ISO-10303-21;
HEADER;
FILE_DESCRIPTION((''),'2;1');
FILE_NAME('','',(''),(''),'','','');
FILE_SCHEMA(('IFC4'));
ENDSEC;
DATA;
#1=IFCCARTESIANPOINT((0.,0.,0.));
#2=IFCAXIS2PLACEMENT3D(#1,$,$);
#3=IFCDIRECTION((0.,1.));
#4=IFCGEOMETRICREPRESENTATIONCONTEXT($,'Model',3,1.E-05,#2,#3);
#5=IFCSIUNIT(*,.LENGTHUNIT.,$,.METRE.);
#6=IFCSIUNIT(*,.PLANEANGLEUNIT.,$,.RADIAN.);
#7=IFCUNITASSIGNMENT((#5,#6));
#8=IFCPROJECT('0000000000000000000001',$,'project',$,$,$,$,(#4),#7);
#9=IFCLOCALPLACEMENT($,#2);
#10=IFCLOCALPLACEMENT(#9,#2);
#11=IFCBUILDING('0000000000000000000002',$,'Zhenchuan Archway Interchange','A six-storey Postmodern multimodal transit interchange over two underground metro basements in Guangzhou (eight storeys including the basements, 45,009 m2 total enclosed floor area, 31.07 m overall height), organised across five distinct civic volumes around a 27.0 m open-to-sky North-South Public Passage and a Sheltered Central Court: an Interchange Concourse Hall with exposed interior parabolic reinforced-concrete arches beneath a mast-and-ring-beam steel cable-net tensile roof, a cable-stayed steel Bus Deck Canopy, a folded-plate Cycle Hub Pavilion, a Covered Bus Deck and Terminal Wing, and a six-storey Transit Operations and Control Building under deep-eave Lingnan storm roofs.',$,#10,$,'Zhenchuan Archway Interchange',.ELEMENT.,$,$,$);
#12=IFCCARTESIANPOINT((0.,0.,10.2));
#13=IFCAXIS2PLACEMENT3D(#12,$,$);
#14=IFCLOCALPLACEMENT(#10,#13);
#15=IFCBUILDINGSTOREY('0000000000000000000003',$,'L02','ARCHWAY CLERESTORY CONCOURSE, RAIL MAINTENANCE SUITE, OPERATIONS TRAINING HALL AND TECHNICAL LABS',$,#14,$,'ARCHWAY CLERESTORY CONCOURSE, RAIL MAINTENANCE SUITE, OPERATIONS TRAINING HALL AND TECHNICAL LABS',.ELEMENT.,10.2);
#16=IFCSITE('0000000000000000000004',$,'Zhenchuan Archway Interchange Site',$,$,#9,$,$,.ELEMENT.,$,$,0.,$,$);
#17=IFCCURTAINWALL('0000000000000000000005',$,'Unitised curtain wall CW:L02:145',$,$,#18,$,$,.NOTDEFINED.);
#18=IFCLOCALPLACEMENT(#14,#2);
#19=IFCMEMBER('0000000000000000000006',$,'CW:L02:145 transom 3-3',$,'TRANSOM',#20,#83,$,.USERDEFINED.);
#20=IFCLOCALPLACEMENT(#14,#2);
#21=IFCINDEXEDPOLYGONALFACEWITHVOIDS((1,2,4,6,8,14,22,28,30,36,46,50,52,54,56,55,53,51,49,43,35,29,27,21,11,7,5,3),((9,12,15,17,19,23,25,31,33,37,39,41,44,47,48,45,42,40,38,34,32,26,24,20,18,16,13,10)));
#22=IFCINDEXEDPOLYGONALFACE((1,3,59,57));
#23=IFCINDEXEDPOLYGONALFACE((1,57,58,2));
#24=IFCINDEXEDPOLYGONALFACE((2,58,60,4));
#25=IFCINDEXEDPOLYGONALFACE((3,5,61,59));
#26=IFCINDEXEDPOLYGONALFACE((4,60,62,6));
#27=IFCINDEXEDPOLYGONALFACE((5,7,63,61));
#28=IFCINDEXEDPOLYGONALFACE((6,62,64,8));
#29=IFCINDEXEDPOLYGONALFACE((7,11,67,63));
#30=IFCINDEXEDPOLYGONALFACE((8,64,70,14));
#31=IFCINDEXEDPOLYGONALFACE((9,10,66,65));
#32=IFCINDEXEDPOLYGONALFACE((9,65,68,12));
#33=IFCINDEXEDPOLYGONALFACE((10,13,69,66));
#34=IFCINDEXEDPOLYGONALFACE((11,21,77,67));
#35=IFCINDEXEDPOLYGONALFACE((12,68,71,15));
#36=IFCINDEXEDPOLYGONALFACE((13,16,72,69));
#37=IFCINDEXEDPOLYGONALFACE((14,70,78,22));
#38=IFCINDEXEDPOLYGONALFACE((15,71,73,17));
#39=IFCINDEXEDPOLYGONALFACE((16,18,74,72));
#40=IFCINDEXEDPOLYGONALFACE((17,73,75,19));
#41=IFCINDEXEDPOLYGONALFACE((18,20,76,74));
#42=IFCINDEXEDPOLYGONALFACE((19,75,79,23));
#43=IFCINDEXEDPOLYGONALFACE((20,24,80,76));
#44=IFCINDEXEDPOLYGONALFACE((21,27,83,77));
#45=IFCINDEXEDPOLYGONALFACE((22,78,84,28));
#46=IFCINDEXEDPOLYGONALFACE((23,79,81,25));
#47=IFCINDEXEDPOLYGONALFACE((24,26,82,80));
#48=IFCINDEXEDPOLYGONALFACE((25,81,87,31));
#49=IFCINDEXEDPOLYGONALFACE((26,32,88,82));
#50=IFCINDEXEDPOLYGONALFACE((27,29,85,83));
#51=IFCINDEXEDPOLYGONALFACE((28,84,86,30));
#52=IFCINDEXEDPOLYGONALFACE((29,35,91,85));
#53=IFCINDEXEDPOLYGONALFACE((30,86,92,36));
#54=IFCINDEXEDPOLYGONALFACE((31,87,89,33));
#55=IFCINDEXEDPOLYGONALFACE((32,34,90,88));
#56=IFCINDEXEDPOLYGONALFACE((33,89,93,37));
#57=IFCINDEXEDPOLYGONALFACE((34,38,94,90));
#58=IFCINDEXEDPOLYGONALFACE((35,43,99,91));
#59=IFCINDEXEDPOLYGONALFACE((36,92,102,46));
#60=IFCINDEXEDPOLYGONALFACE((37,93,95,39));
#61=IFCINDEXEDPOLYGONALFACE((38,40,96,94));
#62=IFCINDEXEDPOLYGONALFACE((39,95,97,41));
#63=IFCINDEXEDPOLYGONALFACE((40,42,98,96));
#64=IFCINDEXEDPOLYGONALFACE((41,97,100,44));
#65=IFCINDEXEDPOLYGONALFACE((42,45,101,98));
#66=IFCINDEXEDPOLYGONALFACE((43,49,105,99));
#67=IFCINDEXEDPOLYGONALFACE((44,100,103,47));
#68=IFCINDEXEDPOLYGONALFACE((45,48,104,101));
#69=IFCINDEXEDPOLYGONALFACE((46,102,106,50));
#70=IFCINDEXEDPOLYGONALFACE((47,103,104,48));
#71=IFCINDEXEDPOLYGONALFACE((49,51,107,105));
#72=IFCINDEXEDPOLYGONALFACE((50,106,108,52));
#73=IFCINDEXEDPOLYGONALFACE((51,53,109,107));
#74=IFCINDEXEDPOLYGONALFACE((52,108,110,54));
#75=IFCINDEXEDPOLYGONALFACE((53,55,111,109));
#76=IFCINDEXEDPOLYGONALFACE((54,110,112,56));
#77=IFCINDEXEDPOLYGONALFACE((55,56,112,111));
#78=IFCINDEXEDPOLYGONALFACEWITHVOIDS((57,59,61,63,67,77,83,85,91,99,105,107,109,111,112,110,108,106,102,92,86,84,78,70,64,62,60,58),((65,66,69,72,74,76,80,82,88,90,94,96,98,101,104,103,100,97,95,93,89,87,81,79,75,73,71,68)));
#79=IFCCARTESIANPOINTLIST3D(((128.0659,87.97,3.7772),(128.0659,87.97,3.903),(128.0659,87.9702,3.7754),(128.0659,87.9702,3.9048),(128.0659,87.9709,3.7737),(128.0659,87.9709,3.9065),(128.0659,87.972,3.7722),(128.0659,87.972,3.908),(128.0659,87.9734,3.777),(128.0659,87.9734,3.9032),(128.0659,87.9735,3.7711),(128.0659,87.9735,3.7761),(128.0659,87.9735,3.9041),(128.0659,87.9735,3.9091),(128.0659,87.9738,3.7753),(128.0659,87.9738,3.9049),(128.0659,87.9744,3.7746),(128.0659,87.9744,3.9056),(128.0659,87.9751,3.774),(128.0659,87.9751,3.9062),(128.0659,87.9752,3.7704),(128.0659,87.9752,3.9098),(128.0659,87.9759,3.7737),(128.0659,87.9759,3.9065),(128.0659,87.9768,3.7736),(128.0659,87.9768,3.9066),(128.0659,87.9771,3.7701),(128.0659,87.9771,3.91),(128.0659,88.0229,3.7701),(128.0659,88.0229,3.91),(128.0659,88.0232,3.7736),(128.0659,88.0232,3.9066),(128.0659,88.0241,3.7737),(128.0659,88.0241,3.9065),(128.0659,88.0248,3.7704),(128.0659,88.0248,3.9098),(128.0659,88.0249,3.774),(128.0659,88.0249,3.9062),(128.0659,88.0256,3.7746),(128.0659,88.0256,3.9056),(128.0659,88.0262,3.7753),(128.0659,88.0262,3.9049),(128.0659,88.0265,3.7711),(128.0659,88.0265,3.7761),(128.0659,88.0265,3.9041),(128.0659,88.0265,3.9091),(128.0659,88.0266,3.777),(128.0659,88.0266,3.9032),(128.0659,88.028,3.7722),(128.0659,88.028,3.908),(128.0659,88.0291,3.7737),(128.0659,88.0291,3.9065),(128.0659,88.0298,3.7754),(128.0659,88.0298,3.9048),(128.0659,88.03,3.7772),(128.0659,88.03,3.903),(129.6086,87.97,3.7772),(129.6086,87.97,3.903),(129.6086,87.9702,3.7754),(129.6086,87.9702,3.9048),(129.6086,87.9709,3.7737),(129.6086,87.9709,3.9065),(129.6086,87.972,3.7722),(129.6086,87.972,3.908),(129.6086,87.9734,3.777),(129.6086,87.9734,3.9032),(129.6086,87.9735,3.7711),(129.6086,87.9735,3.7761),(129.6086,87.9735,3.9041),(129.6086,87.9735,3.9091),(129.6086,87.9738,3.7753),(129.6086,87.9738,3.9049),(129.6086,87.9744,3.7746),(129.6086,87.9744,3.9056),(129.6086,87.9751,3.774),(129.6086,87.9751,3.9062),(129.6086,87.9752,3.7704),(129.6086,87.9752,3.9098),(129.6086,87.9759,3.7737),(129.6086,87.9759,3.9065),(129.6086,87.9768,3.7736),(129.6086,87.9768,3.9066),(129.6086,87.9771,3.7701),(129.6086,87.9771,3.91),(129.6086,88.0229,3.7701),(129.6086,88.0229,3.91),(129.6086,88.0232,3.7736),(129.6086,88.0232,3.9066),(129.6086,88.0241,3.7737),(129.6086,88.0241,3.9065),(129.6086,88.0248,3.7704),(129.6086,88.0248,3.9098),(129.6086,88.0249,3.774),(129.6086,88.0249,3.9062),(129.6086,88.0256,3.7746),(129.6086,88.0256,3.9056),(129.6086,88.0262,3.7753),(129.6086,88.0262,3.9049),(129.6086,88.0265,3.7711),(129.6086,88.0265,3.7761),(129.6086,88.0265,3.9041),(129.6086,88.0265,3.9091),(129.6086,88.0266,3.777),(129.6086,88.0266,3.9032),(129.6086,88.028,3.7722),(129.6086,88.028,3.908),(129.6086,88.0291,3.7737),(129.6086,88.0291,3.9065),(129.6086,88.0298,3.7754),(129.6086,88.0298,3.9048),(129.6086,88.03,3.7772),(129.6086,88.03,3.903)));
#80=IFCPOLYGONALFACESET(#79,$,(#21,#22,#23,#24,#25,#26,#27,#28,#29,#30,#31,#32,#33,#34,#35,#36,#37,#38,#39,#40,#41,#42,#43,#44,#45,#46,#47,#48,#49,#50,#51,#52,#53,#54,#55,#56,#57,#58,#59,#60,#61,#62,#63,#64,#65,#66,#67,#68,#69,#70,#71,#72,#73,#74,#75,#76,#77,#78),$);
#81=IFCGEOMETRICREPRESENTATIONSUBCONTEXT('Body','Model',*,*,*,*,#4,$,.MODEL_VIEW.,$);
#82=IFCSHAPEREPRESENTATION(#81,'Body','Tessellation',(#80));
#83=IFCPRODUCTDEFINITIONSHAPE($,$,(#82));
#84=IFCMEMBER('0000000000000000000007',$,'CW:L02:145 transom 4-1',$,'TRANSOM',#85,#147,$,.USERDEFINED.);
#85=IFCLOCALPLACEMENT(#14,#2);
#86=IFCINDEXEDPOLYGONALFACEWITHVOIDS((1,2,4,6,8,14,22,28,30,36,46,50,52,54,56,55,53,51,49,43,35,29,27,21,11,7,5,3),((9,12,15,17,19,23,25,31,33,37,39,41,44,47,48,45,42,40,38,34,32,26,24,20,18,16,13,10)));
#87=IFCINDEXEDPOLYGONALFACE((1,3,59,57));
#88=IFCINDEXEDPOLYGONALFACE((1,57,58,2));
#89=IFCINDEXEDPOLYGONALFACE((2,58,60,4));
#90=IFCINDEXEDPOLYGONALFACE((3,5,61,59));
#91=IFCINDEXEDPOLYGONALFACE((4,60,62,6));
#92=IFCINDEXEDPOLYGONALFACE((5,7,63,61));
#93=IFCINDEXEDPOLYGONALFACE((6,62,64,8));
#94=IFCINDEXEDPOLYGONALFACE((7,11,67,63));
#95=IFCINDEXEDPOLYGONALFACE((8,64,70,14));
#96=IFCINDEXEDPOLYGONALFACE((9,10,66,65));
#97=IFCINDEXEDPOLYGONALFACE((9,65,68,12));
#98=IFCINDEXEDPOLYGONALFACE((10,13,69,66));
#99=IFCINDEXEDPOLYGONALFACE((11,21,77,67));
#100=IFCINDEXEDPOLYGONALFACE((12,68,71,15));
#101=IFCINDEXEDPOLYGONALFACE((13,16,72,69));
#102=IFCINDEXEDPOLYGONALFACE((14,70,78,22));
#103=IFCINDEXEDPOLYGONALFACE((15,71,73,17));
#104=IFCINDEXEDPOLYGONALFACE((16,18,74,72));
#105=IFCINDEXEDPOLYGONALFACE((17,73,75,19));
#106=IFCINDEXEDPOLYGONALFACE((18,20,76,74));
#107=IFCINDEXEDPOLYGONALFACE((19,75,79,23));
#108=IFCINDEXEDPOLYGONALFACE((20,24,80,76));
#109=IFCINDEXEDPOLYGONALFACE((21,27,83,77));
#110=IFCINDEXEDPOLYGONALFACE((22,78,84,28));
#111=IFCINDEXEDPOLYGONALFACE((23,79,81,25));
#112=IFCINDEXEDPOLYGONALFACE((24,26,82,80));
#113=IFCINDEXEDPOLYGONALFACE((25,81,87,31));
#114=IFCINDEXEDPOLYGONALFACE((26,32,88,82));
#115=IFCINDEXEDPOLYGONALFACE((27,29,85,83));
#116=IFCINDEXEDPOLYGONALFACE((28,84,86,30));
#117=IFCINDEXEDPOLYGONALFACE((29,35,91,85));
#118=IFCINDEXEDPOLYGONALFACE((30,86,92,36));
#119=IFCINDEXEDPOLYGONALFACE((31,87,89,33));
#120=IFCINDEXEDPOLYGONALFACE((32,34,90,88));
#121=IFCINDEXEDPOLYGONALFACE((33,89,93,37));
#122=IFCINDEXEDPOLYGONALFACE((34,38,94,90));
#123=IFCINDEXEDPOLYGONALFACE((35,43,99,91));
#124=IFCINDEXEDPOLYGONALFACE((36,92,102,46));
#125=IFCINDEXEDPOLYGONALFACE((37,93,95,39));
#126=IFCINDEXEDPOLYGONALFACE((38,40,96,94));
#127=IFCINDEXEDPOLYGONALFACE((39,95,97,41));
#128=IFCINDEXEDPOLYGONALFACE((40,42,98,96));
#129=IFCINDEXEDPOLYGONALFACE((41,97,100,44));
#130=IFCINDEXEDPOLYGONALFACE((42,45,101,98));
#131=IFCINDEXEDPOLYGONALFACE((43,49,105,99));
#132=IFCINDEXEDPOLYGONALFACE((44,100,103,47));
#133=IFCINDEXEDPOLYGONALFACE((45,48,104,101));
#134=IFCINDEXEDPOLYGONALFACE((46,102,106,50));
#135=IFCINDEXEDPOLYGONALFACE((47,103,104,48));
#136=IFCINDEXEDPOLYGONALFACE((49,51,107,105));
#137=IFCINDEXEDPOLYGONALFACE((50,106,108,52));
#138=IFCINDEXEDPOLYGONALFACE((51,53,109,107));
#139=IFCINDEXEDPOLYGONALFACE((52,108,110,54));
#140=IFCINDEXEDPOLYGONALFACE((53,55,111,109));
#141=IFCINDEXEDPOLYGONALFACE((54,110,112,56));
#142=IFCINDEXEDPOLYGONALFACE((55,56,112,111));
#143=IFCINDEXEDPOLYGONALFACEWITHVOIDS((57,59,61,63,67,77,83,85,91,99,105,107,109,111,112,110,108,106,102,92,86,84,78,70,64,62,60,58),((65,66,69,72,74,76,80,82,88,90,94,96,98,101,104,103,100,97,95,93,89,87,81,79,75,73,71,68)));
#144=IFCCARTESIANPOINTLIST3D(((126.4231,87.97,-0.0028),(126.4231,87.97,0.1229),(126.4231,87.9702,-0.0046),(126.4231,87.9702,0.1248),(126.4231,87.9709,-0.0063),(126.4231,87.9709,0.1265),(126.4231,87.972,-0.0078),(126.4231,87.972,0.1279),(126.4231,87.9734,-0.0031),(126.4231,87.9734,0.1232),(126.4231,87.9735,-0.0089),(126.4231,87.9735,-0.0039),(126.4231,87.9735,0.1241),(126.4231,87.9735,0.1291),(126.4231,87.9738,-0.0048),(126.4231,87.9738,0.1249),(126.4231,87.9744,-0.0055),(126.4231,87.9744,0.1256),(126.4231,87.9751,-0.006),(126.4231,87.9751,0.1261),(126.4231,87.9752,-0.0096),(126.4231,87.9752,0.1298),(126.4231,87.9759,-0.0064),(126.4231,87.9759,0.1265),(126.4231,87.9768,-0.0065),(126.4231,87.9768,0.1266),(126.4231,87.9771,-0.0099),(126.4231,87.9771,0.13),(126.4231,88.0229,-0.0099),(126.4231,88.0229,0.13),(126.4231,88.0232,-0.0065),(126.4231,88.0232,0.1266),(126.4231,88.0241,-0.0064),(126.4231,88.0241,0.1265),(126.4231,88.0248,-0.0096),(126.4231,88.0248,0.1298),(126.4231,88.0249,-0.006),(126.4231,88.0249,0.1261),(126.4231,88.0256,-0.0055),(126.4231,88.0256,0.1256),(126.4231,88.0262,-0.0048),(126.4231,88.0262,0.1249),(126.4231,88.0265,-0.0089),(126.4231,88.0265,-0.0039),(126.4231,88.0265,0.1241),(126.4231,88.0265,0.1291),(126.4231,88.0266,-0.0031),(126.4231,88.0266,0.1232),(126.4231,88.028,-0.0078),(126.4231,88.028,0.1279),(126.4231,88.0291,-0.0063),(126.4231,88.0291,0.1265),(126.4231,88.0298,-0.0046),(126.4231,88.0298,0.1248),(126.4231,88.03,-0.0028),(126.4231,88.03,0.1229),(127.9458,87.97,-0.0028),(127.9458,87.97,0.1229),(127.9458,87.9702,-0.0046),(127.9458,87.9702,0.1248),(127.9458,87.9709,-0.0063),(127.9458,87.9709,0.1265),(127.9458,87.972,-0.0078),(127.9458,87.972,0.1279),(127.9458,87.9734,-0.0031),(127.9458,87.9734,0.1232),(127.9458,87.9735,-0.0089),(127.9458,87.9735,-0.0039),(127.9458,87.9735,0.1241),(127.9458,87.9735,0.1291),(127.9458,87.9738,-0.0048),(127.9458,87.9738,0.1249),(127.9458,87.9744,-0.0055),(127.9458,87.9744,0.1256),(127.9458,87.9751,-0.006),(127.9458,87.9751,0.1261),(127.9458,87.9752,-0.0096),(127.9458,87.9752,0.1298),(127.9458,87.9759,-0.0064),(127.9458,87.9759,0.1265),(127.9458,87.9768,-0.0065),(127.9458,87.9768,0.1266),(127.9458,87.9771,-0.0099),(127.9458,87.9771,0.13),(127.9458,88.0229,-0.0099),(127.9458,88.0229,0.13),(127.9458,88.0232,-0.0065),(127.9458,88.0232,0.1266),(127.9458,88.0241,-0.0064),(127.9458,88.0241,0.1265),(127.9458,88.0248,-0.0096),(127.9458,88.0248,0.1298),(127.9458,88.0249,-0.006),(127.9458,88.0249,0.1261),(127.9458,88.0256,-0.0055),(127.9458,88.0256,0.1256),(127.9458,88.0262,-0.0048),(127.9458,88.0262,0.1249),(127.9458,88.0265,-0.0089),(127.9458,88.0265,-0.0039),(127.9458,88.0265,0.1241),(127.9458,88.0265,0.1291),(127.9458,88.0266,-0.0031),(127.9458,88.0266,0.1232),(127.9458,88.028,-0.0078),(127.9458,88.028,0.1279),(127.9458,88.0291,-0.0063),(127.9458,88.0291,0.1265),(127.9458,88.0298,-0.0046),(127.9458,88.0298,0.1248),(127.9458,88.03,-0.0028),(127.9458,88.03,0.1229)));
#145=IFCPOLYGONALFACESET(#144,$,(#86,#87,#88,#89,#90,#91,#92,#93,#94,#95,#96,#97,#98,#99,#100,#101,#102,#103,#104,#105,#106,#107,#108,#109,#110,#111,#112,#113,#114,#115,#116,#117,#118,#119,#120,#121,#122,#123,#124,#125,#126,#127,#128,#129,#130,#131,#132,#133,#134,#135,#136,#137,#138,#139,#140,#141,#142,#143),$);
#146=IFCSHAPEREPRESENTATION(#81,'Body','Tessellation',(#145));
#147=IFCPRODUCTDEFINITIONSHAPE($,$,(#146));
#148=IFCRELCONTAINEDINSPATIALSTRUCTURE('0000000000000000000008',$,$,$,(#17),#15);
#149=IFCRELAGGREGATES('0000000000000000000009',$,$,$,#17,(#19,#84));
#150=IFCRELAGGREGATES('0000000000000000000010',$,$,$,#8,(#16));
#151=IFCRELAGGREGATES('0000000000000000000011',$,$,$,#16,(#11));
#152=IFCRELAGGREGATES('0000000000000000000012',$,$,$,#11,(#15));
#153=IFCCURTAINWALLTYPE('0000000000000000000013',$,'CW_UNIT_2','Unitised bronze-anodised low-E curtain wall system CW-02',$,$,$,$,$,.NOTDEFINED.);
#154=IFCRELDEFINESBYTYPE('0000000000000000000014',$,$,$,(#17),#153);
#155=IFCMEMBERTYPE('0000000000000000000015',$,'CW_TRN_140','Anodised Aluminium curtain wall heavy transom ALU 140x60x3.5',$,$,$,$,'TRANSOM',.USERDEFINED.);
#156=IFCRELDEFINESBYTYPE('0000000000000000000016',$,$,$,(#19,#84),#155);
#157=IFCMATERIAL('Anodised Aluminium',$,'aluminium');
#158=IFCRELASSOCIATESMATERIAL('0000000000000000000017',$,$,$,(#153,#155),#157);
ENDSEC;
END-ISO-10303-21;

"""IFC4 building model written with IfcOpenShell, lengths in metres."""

from ifc_helpers import new_model, si_unit, direction, frame, origin, origin_2d, place, context, subcontext, project, spatial, hollow_rectangle, extrude, material, material_profile, profile_set, type_object, element, aggregate, save


model = new_model("IFC4")

# Units and contexts
model_context = context("Model", 3, precision=1e-05, world=origin(), true_north=direction((0.0, 1.0)))
body_context = subcontext(model_context, "Body", "Model", "MODEL_VIEW")
ifc_project = project(units=[si_unit("LENGTHUNIT", "METRE"), si_unit("PLANEANGLEUNIT", "RADIAN")], contexts=[model_context])

# Site, building, storey
site_placement = place(None, origin())
site = spatial("IfcSite", under=ifc_project, at=site_placement, Name="Zhenchuan Archway Interchange Site", CompositionType="ELEMENT", RefElevation=0.0)
building_placement = place(site_placement, origin())
building = spatial("IfcBuilding", under=site, at=building_placement, Name="Zhenchuan Archway Interchange", Description="A six-storey Postmodern multimodal transit interchange over two underground metro basements in Guangzhou (eight storeys including the basements, 45,009 m2 total enclosed floor area, 31.07 m overall height), organised across five distinct civic volumes around a 27.0 m open-to-sky North-South Public Passage and a Sheltered Central Court: an Interchange Concourse Hall with exposed interior parabolic reinforced-concrete arches beneath a mast-and-ring-beam steel cable-net tensile roof, a cable-stayed steel Bus Deck Canopy, a folded-plate Cycle Hub Pavilion, a Covered Bus Deck and Terminal Wing, and a six-storey Transit Operations and Control Building under deep-eave Lingnan storm roofs.", LongName="Zhenchuan Archway Interchange", CompositionType="ELEMENT")
storey_placement = place(building_placement, frame((0.0, 0.0, 10.2)))
storey = spatial("IfcBuildingStorey", under=building, at=storey_placement, Name="L02", Description="ARCHWAY CLERESTORY CONCOURSE, RAIL MAINTENANCE SUITE, OPERATIONS TRAINING HALL AND TECHNICAL LABS", LongName="ARCHWAY CLERESTORY CONCOURSE, RAIL MAINTENANCE SUITE, OPERATIONS TRAINING HALL AND TECHNICAL LABS", CompositionType="ELEMENT", Elevation=10.2)

# Curtain wall, members
ifc_material_1 = material(Name="Anodised Aluminium", Category="aluminium")
curtain_wall_type = type_object("IfcCurtainWallType", Name="CW_UNIT_2", Description="Unitised bronze-anodised low-E curtain wall system CW-02", PredefinedType="NOTDEFINED", material=ifc_material_1)
curtain_wall_placement = place(storey_placement, origin())
curtain_wall = element("IfcCurtainWall", 1, at=curtain_wall_placement, inside=storey, type_object=curtain_wall_type, Name="Unitised curtain wall CW:L02:145", PredefinedType="NOTDEFINED")
ifc_material_profile_1 = material_profile(ifc_material_1, hollow_rectangle(XDim=0.0601, YDim=0.1399, WallThickness=0.0034, InnerFilletRadius=0.0034, OuterFilletRadius=0.0071, at=origin_2d()), Name="ALU 140x60x3.5")
ifc_profile_set_1 = profile_set([ifc_material_profile_1], Name="Anodised Aluminium")
member_type_1 = type_object("IfcMemberType", Name="CW_TRN_140", Description="Anodised Aluminium curtain wall heavy transom ALU 140x60x3.5", ElementType="TRANSOM", PredefinedType="USERDEFINED", material=ifc_profile_set_1)
member_1_placement = place(storey_placement, frame((129.6086, 88.0, 3.8401), z_axis=(-1.0, 0.0, 0.0), x_axis=(0.0, -1.0, 0.0)))
member_1 = element("IfcMember", 2, at=member_1_placement, type_object=member_type_1, Name="CW:L02:145 transom 3-3", ObjectType="TRANSOM", PredefinedType="USERDEFINED", context=body_context, shape_type="SweptSolid", body=[
    extrude(hollow_rectangle(XDim=0.0601, YDim=0.1399, WallThickness=0.0034, InnerFilletRadius=0.0034, OuterFilletRadius=0.0071, at=origin_2d()), origin(), (0.0, 0.0, 1.0), 1.5427),
])
member_2_placement = place(storey_placement, frame((127.9458, 88.0, 0.0601), z_axis=(-1.0, 0.0, 0.0), x_axis=(0.0, -1.0, 0.0)))
member_2 = element("IfcMember", 3, at=member_2_placement, type_object=member_type_1, Name="CW:L02:145 transom 4-1", ObjectType="TRANSOM", PredefinedType="USERDEFINED", context=body_context, shape_type="SweptSolid", body=[
    extrude(hollow_rectangle(XDim=0.0601, YDim=0.1399, WallThickness=0.0034, InnerFilletRadius=0.0034, OuterFilletRadius=0.0071, at=origin_2d()), origin(), (0.0, 0.0, 1.0), 1.5227),
])

aggregate(curtain_wall, [member_1, member_2])

save(model, "model.ifc")
